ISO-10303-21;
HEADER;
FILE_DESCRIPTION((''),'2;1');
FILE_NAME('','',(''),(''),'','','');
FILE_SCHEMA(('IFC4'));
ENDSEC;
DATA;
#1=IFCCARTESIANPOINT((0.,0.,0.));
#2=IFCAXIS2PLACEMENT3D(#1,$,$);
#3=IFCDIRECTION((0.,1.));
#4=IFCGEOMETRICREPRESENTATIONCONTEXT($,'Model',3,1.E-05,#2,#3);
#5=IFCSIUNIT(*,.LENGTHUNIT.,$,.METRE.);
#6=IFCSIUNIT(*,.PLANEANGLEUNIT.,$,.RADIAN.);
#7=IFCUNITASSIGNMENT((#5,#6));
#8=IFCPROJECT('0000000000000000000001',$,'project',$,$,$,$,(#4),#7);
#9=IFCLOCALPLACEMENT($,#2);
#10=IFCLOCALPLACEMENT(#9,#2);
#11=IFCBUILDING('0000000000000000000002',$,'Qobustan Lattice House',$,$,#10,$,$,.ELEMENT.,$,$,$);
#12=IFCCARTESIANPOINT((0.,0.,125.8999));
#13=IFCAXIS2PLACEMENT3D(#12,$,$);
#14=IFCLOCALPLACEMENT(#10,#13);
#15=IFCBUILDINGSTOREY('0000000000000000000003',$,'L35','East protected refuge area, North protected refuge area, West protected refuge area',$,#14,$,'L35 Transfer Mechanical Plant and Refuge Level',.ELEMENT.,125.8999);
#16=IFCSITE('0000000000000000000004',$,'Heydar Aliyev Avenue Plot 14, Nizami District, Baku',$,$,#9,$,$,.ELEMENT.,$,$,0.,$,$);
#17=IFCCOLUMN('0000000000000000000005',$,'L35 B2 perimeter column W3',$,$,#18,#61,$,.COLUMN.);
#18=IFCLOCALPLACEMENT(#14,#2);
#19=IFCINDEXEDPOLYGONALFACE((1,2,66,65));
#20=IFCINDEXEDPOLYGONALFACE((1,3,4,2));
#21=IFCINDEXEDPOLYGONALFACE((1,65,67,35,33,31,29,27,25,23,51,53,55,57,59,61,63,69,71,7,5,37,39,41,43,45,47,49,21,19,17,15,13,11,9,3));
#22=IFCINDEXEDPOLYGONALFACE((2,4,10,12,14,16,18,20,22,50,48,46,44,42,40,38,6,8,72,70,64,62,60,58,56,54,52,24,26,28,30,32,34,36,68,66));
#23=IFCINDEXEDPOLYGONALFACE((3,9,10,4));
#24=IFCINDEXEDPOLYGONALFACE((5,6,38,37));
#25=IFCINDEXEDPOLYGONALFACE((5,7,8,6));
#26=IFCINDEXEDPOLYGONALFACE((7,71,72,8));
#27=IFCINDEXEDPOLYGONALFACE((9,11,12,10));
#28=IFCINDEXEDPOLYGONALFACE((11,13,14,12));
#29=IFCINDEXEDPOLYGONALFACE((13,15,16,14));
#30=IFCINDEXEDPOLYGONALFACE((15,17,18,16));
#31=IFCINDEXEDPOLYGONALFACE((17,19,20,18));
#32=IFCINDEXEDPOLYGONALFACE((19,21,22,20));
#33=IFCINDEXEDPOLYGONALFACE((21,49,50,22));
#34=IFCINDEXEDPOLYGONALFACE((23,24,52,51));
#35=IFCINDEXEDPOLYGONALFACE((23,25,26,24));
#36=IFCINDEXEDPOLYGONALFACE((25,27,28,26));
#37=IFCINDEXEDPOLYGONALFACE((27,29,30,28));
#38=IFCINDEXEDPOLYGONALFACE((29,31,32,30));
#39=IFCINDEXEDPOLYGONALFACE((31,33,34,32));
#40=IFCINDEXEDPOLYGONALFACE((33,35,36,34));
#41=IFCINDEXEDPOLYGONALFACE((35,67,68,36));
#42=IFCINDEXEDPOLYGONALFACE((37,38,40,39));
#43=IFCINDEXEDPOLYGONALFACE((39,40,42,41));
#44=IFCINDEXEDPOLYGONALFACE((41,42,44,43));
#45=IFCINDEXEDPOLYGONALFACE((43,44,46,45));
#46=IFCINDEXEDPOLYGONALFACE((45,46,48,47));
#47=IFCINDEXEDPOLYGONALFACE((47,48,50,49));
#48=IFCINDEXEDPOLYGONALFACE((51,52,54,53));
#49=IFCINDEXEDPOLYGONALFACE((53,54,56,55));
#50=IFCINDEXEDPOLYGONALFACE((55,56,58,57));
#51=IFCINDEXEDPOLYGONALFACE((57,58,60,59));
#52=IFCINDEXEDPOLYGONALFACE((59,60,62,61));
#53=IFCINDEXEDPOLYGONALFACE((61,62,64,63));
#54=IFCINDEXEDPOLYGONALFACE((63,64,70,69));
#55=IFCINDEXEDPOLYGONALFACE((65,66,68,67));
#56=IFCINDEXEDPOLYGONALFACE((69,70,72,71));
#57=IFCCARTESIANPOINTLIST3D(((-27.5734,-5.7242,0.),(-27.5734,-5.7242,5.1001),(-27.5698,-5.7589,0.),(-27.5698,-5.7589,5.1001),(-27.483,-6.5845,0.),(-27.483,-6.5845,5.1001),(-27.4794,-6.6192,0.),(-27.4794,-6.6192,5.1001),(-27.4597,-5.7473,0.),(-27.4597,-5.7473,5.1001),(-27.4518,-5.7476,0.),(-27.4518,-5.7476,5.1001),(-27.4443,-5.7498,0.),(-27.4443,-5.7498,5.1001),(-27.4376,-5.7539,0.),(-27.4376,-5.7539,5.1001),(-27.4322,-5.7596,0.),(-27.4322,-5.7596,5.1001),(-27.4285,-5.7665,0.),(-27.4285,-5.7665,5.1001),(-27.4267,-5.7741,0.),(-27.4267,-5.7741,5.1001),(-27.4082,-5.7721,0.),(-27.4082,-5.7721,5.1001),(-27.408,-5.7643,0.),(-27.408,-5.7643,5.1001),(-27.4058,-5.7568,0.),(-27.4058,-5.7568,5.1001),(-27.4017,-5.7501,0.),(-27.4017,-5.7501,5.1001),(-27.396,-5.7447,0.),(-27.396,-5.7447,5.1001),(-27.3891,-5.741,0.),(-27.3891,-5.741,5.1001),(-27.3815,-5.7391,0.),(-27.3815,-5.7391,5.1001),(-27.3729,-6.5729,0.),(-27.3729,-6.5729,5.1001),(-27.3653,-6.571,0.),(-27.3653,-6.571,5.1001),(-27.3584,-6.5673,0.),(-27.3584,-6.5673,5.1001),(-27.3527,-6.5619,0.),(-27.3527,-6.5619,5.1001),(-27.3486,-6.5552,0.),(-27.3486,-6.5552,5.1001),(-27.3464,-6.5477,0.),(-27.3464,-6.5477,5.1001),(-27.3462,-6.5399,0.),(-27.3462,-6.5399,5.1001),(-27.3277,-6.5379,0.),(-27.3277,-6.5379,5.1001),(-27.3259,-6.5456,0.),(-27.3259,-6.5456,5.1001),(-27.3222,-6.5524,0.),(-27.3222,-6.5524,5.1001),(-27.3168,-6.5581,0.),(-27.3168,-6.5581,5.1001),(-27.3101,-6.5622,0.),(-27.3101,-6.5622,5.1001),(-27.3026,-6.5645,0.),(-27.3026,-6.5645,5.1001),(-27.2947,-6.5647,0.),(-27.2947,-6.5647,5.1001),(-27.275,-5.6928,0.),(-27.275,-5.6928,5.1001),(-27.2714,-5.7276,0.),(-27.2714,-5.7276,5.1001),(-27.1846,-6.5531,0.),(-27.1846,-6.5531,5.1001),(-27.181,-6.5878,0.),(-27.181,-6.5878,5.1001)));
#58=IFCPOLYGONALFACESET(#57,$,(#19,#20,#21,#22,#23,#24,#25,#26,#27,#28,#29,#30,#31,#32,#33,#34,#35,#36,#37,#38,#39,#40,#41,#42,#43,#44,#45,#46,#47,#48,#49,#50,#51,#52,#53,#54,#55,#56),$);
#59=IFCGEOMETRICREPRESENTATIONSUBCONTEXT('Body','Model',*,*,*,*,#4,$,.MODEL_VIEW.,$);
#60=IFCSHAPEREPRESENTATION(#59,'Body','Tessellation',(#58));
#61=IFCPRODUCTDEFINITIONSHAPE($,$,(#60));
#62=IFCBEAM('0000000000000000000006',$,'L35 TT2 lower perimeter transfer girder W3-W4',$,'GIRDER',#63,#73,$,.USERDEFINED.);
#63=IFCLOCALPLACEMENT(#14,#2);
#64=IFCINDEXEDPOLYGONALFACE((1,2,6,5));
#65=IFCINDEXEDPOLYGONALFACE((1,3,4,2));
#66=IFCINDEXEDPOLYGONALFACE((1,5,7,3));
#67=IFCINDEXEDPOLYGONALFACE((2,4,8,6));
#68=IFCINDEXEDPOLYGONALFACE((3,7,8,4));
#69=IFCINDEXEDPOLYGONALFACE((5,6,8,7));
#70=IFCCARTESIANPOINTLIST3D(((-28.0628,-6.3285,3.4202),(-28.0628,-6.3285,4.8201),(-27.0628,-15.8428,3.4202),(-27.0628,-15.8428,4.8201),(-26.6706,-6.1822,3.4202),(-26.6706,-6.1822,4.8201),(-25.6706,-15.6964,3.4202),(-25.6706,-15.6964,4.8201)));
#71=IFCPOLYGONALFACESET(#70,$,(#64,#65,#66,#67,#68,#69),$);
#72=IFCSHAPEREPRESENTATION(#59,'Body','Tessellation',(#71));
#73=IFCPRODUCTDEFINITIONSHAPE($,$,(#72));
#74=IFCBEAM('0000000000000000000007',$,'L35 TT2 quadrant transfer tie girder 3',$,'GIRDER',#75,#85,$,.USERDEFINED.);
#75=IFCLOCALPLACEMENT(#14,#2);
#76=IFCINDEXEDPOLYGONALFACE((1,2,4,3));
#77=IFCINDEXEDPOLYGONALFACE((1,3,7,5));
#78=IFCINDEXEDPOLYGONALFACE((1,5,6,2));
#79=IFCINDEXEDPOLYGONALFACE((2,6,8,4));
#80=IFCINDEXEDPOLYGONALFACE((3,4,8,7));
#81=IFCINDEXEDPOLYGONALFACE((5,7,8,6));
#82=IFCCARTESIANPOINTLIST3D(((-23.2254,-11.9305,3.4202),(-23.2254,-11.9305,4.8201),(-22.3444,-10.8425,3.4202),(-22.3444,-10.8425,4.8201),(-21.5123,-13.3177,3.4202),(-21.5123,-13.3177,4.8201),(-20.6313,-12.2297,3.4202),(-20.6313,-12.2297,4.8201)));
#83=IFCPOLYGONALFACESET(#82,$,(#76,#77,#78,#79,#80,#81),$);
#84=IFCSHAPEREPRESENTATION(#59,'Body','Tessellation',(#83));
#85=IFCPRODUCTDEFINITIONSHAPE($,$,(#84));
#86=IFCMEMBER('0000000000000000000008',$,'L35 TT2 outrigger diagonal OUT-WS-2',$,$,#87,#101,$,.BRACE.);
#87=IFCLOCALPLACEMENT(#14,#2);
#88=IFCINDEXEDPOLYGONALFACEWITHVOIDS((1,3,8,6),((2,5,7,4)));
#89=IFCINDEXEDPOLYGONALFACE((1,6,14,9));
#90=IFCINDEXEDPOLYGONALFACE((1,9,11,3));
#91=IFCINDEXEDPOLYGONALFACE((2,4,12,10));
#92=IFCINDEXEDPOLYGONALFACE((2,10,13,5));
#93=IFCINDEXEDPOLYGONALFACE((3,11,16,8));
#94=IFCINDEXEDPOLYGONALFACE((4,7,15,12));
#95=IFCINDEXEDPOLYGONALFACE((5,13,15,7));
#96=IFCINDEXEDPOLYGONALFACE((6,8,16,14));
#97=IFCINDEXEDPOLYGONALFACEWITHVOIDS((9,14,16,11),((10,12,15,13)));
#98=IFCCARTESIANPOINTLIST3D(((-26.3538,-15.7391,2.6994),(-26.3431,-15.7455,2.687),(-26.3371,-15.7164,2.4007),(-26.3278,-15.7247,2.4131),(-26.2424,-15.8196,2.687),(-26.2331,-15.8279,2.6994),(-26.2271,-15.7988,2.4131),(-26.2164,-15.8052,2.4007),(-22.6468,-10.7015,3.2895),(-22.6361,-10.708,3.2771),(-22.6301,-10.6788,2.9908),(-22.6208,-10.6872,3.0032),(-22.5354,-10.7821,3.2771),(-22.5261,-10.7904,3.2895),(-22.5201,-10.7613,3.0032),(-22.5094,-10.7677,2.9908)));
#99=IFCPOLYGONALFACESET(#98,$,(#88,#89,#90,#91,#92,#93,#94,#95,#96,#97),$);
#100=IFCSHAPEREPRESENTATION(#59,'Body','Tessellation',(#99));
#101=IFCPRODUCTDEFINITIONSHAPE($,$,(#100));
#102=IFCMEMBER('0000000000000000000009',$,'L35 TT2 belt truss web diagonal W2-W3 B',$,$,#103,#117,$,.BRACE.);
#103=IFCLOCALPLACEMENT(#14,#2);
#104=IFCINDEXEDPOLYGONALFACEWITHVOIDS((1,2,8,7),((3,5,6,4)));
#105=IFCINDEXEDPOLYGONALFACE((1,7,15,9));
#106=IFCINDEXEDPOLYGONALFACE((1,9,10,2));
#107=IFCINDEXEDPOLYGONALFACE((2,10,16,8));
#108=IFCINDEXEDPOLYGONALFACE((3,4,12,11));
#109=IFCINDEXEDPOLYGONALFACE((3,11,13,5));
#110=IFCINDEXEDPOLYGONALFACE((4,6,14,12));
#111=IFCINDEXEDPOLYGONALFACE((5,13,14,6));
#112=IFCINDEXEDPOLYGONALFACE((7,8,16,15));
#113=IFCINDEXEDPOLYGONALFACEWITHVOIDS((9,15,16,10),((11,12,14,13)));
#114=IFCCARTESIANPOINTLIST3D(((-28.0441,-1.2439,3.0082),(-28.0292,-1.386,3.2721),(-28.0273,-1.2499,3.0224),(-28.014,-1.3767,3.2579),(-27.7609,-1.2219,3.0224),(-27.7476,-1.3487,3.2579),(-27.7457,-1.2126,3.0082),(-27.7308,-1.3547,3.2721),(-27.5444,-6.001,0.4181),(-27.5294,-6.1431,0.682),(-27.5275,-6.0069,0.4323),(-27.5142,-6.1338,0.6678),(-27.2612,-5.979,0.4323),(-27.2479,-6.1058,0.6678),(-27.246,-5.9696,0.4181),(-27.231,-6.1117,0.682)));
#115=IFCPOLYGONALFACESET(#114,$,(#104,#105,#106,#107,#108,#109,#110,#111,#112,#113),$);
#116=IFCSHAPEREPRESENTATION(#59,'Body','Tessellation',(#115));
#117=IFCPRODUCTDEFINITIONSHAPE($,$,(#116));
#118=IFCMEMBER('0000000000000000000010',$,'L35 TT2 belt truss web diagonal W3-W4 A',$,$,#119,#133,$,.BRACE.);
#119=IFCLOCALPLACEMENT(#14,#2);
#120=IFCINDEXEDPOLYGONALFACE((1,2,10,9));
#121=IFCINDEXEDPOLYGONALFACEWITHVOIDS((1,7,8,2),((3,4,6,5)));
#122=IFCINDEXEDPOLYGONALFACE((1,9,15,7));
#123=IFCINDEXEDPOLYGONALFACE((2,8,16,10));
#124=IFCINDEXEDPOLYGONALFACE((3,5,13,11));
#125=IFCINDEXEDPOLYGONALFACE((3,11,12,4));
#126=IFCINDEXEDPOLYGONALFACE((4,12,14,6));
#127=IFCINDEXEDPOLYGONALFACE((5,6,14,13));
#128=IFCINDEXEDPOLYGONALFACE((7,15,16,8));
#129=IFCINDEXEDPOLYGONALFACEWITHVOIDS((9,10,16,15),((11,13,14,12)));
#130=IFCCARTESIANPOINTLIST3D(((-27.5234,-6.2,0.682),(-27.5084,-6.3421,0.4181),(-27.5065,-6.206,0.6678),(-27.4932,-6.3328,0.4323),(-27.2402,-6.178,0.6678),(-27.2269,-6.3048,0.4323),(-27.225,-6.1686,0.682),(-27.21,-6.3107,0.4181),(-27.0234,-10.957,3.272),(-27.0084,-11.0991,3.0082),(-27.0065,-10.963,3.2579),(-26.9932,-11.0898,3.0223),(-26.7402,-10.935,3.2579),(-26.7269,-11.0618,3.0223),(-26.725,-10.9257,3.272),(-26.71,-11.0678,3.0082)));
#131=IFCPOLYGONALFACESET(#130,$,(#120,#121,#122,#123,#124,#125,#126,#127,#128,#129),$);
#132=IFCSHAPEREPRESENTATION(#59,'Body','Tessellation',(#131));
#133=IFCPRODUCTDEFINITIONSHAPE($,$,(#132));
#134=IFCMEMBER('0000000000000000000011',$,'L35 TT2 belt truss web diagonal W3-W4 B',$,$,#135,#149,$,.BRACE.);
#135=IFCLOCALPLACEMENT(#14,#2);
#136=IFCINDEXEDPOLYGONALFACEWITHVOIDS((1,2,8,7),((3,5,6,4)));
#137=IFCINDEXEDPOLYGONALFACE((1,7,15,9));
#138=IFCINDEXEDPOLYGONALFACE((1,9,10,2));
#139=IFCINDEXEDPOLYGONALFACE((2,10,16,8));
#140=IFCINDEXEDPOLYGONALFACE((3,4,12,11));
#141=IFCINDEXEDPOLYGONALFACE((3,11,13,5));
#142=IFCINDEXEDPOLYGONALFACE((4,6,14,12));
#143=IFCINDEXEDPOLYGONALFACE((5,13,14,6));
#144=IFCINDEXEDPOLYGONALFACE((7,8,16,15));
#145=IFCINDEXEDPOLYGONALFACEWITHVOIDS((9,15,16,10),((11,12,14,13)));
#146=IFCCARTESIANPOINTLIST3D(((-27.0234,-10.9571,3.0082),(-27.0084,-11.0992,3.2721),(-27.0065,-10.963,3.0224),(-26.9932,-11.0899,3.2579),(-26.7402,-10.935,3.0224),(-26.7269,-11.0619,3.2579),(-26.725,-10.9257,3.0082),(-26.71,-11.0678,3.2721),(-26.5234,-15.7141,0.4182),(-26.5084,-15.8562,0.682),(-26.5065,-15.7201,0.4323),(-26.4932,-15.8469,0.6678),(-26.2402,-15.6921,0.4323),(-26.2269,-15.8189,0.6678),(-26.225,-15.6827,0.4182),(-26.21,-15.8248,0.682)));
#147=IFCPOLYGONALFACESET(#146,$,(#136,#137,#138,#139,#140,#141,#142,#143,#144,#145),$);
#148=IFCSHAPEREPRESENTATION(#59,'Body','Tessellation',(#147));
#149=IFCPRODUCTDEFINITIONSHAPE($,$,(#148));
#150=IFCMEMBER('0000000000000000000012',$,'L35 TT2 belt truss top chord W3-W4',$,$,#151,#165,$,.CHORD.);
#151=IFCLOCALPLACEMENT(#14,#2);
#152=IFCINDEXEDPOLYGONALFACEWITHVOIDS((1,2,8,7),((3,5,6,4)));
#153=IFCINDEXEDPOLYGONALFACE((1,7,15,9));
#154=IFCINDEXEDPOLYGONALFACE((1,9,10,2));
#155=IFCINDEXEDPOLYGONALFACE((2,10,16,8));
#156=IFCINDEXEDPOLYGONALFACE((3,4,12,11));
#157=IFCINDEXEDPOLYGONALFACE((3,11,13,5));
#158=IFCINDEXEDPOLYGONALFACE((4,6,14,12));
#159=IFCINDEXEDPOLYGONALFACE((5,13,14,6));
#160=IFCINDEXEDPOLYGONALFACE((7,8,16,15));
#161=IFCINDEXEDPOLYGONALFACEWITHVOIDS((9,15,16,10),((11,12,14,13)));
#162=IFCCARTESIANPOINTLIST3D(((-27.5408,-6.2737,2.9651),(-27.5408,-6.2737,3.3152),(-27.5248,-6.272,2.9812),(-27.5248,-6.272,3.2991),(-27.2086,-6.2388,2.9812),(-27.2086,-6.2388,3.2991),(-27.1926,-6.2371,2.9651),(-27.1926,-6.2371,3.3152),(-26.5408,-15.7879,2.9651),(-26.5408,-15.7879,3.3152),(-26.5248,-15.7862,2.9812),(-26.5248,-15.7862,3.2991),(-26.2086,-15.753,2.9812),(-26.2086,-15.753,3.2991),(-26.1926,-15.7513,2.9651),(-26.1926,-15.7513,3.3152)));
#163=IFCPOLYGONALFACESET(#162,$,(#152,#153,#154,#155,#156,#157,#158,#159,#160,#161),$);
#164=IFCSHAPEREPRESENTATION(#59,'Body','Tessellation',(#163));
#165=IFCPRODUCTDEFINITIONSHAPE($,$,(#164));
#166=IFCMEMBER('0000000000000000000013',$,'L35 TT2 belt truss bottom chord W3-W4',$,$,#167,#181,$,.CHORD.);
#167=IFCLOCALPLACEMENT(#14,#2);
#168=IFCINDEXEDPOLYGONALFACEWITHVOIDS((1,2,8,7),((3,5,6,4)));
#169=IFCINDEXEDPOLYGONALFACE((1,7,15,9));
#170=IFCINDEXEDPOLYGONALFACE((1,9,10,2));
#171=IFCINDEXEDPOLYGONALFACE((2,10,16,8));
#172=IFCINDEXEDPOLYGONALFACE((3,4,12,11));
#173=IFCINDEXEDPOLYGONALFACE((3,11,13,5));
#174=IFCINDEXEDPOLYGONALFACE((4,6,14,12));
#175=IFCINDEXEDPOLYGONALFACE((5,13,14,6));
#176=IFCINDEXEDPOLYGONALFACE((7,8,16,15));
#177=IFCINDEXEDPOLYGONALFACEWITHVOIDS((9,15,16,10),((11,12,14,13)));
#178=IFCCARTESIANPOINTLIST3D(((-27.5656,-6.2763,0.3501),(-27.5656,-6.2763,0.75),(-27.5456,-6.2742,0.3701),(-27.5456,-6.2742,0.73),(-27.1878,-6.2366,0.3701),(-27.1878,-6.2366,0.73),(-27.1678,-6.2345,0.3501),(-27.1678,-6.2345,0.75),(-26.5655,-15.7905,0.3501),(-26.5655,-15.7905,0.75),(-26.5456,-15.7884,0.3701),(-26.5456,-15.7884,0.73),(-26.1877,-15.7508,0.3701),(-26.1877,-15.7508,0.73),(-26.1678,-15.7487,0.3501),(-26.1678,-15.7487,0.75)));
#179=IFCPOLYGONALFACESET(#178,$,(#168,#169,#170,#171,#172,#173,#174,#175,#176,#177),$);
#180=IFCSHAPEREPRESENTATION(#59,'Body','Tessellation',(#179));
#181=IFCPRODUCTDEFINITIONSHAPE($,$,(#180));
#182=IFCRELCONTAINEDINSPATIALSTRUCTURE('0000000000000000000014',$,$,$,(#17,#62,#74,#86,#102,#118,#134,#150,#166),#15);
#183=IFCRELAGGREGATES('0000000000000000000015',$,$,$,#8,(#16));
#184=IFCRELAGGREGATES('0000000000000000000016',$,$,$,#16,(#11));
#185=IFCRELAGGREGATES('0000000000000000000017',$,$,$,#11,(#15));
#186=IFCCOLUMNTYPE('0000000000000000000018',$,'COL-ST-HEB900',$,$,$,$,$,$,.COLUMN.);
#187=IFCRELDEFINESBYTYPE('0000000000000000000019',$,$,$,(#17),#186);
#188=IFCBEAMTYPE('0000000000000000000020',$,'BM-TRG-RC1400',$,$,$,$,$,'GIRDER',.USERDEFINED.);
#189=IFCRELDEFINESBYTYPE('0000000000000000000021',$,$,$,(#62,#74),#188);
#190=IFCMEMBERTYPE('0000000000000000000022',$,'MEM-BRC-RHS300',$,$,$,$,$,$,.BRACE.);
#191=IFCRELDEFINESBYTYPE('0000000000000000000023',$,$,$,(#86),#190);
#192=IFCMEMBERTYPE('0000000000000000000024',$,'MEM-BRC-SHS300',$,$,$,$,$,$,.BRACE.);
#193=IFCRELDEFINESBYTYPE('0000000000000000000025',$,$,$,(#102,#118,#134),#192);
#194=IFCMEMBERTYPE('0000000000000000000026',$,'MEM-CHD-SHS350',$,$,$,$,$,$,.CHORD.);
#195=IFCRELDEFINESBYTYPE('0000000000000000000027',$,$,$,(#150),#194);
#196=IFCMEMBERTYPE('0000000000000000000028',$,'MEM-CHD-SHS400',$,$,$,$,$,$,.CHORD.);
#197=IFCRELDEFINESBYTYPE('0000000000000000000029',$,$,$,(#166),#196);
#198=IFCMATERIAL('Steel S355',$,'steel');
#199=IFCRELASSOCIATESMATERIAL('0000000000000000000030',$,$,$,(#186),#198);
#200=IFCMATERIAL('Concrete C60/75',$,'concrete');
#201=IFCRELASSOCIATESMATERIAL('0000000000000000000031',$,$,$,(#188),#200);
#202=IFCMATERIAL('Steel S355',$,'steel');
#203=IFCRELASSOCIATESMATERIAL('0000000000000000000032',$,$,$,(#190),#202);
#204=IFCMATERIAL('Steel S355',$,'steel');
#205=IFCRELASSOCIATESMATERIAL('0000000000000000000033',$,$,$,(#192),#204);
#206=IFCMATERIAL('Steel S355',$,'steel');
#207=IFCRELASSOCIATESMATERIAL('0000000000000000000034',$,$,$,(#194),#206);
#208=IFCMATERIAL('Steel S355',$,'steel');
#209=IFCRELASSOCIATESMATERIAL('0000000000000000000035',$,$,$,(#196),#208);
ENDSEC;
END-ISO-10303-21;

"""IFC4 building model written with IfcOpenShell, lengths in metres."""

from ifc_helpers import new_model, si_unit, direction, frame, origin, origin_2d, place, context, subcontext, project, spatial, rectangle, hollow_rectangle, i_section, extrude, material, material_profile, profile_set, type_object, element, save


model = new_model("IFC4")

# Units and contexts
model_context = context("Model", 3, precision=1e-05, world=origin(), true_north=direction((0.0, 1.0)))
body_context = subcontext(model_context, "Body", "Model", "MODEL_VIEW")
ifc_project = project(units=[si_unit("LENGTHUNIT", "METRE"), si_unit("PLANEANGLEUNIT", "RADIAN")], contexts=[model_context])

# Site, building, storey
site_placement = place(None, origin())
site = spatial("IfcSite", under=ifc_project, at=site_placement, Name="Heydar Aliyev Avenue Plot 14, Nizami District, Baku", CompositionType="ELEMENT", RefElevation=0.0)
building_placement = place(site_placement, origin())
building = spatial("IfcBuilding", under=site, at=building_placement, Name="Qobustan Lattice House", CompositionType="ELEMENT")
storey_placement = place(building_placement, frame((0.0, 0.0, 125.8999)))
storey = spatial("IfcBuildingStorey", under=building, at=storey_placement, Name="L35", Description="East protected refuge area, North protected refuge area, West protected refuge area", LongName="L35 Transfer Mechanical Plant and Refuge Level", CompositionType="ELEMENT", Elevation=125.8999)

# Column
ifc_material_1 = material(Name="Steel S355", Category="steel")
ifc_material_profile_1 = material_profile(ifc_material_1, i_section(OverallWidth=0.3, OverallDepth=0.8999, WebThickness=0.0186, FlangeThickness=0.0349, FilletRadius=0.03, at=origin_2d()), Name="HEB900")
ifc_profile_set_1 = profile_set([ifc_material_profile_1], Name="Steel S355")
column_type = type_object("IfcColumnType", Name="COL-ST-HEB900", PredefinedType="COLUMN", material=ifc_profile_set_1)
column_placement = place(storey_placement, frame((-27.3772, -6.156, 0.0), z_axis=(0.0, 0.0, 1.0), x_axis=(0.994522, 0.104528, 0.0)))
element("IfcColumn", 1, at=column_placement, inside=storey, type_object=column_type, Name="L35 B2 perimeter column W3", PredefinedType="COLUMN", context=body_context, shape_type="SweptSolid", body=[
    extrude(i_section(OverallWidth=0.3, OverallDepth=0.8999, WebThickness=0.0186, FlangeThickness=0.0349, FilletRadius=0.03, at=origin_2d()), origin(), (0.0, 0.0, 1.0), 5.1001),
])

# Beams
ifc_material_2 = material(Name="Concrete C60/75", Category="concrete")
ifc_material_profile_2 = material_profile(ifc_material_2, rectangle(XDim=1.3999, YDim=1.3999, at=origin_2d()), Name="RC1400x1400")
ifc_profile_set_2 = profile_set([ifc_material_profile_2], Name="Concrete C60/75")
beam_type = type_object("IfcBeamType", Name="BM-TRG-RC1400", ElementType="GIRDER", PredefinedType="USERDEFINED", material=ifc_profile_set_2)
beam_1_placement = place(storey_placement, frame((-27.3667, -6.2554, 4.1201), z_axis=(0.104531, -0.994522, 0.0), x_axis=(0.994522, 0.104531, 0.0)))
element("IfcBeam", 2, at=beam_1_placement, inside=storey, type_object=beam_type, Name="L35 TT2 lower perimeter transfer girder W3-W4", ObjectType="GIRDER", PredefinedType="USERDEFINED", context=body_context, shape_type="SweptSolid", body=[
    extrude(rectangle(XDim=1.3999, YDim=1.3999, at=origin_2d()), origin(), (0.0, 0.0, 1.0), 9.5667),
])
beam_2_placement = place(storey_placement, frame((-21.0718, -12.7737, 4.1201), z_axis=(-0.77716, 0.629303, 0.0), x_axis=(-0.629303, -0.77716, 0.0)))
element("IfcBeam", 3, at=beam_2_placement, inside=storey, type_object=beam_type, Name="L35 TT2 quadrant transfer tie girder 3", ObjectType="GIRDER", PredefinedType="USERDEFINED", context=body_context, shape_type="SweptSolid", body=[
    extrude(rectangle(XDim=1.3999, YDim=1.3999, at=origin_2d()), origin(), (0.0, 0.0, 1.0), 2.2043),
])

# Members
ifc_material_3 = material(Name="Steel S355", Category="steel")
ifc_material_profile_3 = material_profile(ifc_material_3, hollow_rectangle(XDim=0.1499, YDim=0.3, WallThickness=0.0125, at=origin_2d()), Name="RHS300x150x12.5")
ifc_profile_set_3 = profile_set([ifc_material_profile_3], Name="Steel S355")
member_type_1 = type_object("IfcMemberType", Name="MEM-BRC-RHS300", PredefinedType="BRACE", material=ifc_profile_set_3)
member_1_placement = place(storey_placement, frame((-22.5781, -10.7346, 3.1401), z_axis=(-0.590073, -0.801868, -0.093928), x_axis=(0.805428, -0.592693, 0.0)))
element("IfcMember", 4, at=member_1_placement, inside=storey, type_object=member_type_1, Name="L35 TT2 outrigger diagonal OUT-WS-2", PredefinedType="BRACE", context=body_context, shape_type="SweptSolid", body=[
    extrude(hollow_rectangle(XDim=0.1499, YDim=0.3, WallThickness=0.0125, at=origin_2d()), origin(), (0.0, 0.0, 1.0), 6.2822),
])
ifc_material_4 = material(Name="Steel S355", Category="steel")
ifc_material_profile_4 = material_profile(ifc_material_4, hollow_rectangle(XDim=0.3, YDim=0.3, WallThickness=0.0161, at=origin_2d()), Name="SHS300x300x16")
ifc_profile_set_4 = profile_set([ifc_material_profile_4], Name="Steel S355")
member_type_2 = type_object("IfcMemberType", Name="MEM-BRC-SHS300", PredefinedType="BRACE", material=ifc_profile_set_4)
for number, where, z_axis, x_axis, name in (
    (5, (-27.8875, -1.2993, 3.1401), (0.091875, -0.874544, -0.476163), (0.994527, 0.10448, 0.0), "L35 TT2 belt truss web diagonal W2-W3 B"),
    (6, (-27.3667, -6.2554, 0.55), (0.09192, -0.874541, 0.476161), (0.994522, 0.104531, 0.0), "L35 TT2 belt truss web diagonal W3-W4 A"),
    (7, (-26.8667, -11.0125, 3.1401), (0.09192, -0.874541, -0.476161), (0.994522, 0.104531, 0.0), "L35 TT2 belt truss web diagonal W3-W4 B"),
):
    element("IfcMember", number, at=place(storey_placement, frame(where, z_axis=z_axis, x_axis=x_axis)), inside=storey, type_object=member_type_2, Name=name, PredefinedType="BRACE", context=body_context, shape_type="SweptSolid", body=[
        extrude(hollow_rectangle(XDim=0.3, YDim=0.3, WallThickness=0.0161, at=origin_2d()), origin(), (0.0, 0.0, 1.0), 5.4395),
    ])
ifc_material_5 = material(Name="Steel S355", Category="steel")
ifc_material_profile_5 = material_profile(ifc_material_5, hollow_rectangle(XDim=0.3501, YDim=0.3501, WallThickness=0.0161, at=origin_2d()), Name="SHS350x350x16")
ifc_profile_set_5 = profile_set([ifc_material_profile_5], Name="Steel S355")
member_type_3 = type_object("IfcMemberType", Name="MEM-CHD-SHS350", PredefinedType="CHORD", material=ifc_profile_set_5)
member_2_placement = place(storey_placement, frame((-27.3667, -6.2554, 3.1401), z_axis=(0.104531, -0.994522, 0.0), x_axis=(0.994522, 0.104531, 0.0)))
element("IfcMember", 8, at=member_2_placement, inside=storey, type_object=member_type_3, Name="L35 TT2 belt truss top chord W3-W4", PredefinedType="CHORD", context=body_context, shape_type="SweptSolid", body=[
    extrude(hollow_rectangle(XDim=0.3501, YDim=0.3501, WallThickness=0.0161, at=origin_2d()), origin(), (0.0, 0.0, 1.0), 9.5667),
])
ifc_material_6 = material(Name="Steel S355", Category="steel")
ifc_material_profile_6 = material_profile(ifc_material_6, hollow_rectangle(XDim=0.3999, YDim=0.3999, WallThickness=0.02, at=origin_2d()), Name="SHS400x400x20")
ifc_profile_set_6 = profile_set([ifc_material_profile_6], Name="Steel S355")
member_type_4 = type_object("IfcMemberType", Name="MEM-CHD-SHS400", PredefinedType="CHORD", material=ifc_profile_set_6)
member_3_placement = place(storey_placement, frame((-27.3667, -6.2554, 0.55), z_axis=(0.104531, -0.994522, 0.0), x_axis=(0.994522, 0.104531, 0.0)))
element("IfcMember", 9, at=member_3_placement, inside=storey, type_object=member_type_4, Name="L35 TT2 belt truss bottom chord W3-W4", PredefinedType="CHORD", context=body_context, shape_type="SweptSolid", body=[
    extrude(hollow_rectangle(XDim=0.3999, YDim=0.3999, WallThickness=0.02, at=origin_2d()), origin(), (0.0, 0.0, 1.0), 9.5667),
])

save(model, "model.ifc")
